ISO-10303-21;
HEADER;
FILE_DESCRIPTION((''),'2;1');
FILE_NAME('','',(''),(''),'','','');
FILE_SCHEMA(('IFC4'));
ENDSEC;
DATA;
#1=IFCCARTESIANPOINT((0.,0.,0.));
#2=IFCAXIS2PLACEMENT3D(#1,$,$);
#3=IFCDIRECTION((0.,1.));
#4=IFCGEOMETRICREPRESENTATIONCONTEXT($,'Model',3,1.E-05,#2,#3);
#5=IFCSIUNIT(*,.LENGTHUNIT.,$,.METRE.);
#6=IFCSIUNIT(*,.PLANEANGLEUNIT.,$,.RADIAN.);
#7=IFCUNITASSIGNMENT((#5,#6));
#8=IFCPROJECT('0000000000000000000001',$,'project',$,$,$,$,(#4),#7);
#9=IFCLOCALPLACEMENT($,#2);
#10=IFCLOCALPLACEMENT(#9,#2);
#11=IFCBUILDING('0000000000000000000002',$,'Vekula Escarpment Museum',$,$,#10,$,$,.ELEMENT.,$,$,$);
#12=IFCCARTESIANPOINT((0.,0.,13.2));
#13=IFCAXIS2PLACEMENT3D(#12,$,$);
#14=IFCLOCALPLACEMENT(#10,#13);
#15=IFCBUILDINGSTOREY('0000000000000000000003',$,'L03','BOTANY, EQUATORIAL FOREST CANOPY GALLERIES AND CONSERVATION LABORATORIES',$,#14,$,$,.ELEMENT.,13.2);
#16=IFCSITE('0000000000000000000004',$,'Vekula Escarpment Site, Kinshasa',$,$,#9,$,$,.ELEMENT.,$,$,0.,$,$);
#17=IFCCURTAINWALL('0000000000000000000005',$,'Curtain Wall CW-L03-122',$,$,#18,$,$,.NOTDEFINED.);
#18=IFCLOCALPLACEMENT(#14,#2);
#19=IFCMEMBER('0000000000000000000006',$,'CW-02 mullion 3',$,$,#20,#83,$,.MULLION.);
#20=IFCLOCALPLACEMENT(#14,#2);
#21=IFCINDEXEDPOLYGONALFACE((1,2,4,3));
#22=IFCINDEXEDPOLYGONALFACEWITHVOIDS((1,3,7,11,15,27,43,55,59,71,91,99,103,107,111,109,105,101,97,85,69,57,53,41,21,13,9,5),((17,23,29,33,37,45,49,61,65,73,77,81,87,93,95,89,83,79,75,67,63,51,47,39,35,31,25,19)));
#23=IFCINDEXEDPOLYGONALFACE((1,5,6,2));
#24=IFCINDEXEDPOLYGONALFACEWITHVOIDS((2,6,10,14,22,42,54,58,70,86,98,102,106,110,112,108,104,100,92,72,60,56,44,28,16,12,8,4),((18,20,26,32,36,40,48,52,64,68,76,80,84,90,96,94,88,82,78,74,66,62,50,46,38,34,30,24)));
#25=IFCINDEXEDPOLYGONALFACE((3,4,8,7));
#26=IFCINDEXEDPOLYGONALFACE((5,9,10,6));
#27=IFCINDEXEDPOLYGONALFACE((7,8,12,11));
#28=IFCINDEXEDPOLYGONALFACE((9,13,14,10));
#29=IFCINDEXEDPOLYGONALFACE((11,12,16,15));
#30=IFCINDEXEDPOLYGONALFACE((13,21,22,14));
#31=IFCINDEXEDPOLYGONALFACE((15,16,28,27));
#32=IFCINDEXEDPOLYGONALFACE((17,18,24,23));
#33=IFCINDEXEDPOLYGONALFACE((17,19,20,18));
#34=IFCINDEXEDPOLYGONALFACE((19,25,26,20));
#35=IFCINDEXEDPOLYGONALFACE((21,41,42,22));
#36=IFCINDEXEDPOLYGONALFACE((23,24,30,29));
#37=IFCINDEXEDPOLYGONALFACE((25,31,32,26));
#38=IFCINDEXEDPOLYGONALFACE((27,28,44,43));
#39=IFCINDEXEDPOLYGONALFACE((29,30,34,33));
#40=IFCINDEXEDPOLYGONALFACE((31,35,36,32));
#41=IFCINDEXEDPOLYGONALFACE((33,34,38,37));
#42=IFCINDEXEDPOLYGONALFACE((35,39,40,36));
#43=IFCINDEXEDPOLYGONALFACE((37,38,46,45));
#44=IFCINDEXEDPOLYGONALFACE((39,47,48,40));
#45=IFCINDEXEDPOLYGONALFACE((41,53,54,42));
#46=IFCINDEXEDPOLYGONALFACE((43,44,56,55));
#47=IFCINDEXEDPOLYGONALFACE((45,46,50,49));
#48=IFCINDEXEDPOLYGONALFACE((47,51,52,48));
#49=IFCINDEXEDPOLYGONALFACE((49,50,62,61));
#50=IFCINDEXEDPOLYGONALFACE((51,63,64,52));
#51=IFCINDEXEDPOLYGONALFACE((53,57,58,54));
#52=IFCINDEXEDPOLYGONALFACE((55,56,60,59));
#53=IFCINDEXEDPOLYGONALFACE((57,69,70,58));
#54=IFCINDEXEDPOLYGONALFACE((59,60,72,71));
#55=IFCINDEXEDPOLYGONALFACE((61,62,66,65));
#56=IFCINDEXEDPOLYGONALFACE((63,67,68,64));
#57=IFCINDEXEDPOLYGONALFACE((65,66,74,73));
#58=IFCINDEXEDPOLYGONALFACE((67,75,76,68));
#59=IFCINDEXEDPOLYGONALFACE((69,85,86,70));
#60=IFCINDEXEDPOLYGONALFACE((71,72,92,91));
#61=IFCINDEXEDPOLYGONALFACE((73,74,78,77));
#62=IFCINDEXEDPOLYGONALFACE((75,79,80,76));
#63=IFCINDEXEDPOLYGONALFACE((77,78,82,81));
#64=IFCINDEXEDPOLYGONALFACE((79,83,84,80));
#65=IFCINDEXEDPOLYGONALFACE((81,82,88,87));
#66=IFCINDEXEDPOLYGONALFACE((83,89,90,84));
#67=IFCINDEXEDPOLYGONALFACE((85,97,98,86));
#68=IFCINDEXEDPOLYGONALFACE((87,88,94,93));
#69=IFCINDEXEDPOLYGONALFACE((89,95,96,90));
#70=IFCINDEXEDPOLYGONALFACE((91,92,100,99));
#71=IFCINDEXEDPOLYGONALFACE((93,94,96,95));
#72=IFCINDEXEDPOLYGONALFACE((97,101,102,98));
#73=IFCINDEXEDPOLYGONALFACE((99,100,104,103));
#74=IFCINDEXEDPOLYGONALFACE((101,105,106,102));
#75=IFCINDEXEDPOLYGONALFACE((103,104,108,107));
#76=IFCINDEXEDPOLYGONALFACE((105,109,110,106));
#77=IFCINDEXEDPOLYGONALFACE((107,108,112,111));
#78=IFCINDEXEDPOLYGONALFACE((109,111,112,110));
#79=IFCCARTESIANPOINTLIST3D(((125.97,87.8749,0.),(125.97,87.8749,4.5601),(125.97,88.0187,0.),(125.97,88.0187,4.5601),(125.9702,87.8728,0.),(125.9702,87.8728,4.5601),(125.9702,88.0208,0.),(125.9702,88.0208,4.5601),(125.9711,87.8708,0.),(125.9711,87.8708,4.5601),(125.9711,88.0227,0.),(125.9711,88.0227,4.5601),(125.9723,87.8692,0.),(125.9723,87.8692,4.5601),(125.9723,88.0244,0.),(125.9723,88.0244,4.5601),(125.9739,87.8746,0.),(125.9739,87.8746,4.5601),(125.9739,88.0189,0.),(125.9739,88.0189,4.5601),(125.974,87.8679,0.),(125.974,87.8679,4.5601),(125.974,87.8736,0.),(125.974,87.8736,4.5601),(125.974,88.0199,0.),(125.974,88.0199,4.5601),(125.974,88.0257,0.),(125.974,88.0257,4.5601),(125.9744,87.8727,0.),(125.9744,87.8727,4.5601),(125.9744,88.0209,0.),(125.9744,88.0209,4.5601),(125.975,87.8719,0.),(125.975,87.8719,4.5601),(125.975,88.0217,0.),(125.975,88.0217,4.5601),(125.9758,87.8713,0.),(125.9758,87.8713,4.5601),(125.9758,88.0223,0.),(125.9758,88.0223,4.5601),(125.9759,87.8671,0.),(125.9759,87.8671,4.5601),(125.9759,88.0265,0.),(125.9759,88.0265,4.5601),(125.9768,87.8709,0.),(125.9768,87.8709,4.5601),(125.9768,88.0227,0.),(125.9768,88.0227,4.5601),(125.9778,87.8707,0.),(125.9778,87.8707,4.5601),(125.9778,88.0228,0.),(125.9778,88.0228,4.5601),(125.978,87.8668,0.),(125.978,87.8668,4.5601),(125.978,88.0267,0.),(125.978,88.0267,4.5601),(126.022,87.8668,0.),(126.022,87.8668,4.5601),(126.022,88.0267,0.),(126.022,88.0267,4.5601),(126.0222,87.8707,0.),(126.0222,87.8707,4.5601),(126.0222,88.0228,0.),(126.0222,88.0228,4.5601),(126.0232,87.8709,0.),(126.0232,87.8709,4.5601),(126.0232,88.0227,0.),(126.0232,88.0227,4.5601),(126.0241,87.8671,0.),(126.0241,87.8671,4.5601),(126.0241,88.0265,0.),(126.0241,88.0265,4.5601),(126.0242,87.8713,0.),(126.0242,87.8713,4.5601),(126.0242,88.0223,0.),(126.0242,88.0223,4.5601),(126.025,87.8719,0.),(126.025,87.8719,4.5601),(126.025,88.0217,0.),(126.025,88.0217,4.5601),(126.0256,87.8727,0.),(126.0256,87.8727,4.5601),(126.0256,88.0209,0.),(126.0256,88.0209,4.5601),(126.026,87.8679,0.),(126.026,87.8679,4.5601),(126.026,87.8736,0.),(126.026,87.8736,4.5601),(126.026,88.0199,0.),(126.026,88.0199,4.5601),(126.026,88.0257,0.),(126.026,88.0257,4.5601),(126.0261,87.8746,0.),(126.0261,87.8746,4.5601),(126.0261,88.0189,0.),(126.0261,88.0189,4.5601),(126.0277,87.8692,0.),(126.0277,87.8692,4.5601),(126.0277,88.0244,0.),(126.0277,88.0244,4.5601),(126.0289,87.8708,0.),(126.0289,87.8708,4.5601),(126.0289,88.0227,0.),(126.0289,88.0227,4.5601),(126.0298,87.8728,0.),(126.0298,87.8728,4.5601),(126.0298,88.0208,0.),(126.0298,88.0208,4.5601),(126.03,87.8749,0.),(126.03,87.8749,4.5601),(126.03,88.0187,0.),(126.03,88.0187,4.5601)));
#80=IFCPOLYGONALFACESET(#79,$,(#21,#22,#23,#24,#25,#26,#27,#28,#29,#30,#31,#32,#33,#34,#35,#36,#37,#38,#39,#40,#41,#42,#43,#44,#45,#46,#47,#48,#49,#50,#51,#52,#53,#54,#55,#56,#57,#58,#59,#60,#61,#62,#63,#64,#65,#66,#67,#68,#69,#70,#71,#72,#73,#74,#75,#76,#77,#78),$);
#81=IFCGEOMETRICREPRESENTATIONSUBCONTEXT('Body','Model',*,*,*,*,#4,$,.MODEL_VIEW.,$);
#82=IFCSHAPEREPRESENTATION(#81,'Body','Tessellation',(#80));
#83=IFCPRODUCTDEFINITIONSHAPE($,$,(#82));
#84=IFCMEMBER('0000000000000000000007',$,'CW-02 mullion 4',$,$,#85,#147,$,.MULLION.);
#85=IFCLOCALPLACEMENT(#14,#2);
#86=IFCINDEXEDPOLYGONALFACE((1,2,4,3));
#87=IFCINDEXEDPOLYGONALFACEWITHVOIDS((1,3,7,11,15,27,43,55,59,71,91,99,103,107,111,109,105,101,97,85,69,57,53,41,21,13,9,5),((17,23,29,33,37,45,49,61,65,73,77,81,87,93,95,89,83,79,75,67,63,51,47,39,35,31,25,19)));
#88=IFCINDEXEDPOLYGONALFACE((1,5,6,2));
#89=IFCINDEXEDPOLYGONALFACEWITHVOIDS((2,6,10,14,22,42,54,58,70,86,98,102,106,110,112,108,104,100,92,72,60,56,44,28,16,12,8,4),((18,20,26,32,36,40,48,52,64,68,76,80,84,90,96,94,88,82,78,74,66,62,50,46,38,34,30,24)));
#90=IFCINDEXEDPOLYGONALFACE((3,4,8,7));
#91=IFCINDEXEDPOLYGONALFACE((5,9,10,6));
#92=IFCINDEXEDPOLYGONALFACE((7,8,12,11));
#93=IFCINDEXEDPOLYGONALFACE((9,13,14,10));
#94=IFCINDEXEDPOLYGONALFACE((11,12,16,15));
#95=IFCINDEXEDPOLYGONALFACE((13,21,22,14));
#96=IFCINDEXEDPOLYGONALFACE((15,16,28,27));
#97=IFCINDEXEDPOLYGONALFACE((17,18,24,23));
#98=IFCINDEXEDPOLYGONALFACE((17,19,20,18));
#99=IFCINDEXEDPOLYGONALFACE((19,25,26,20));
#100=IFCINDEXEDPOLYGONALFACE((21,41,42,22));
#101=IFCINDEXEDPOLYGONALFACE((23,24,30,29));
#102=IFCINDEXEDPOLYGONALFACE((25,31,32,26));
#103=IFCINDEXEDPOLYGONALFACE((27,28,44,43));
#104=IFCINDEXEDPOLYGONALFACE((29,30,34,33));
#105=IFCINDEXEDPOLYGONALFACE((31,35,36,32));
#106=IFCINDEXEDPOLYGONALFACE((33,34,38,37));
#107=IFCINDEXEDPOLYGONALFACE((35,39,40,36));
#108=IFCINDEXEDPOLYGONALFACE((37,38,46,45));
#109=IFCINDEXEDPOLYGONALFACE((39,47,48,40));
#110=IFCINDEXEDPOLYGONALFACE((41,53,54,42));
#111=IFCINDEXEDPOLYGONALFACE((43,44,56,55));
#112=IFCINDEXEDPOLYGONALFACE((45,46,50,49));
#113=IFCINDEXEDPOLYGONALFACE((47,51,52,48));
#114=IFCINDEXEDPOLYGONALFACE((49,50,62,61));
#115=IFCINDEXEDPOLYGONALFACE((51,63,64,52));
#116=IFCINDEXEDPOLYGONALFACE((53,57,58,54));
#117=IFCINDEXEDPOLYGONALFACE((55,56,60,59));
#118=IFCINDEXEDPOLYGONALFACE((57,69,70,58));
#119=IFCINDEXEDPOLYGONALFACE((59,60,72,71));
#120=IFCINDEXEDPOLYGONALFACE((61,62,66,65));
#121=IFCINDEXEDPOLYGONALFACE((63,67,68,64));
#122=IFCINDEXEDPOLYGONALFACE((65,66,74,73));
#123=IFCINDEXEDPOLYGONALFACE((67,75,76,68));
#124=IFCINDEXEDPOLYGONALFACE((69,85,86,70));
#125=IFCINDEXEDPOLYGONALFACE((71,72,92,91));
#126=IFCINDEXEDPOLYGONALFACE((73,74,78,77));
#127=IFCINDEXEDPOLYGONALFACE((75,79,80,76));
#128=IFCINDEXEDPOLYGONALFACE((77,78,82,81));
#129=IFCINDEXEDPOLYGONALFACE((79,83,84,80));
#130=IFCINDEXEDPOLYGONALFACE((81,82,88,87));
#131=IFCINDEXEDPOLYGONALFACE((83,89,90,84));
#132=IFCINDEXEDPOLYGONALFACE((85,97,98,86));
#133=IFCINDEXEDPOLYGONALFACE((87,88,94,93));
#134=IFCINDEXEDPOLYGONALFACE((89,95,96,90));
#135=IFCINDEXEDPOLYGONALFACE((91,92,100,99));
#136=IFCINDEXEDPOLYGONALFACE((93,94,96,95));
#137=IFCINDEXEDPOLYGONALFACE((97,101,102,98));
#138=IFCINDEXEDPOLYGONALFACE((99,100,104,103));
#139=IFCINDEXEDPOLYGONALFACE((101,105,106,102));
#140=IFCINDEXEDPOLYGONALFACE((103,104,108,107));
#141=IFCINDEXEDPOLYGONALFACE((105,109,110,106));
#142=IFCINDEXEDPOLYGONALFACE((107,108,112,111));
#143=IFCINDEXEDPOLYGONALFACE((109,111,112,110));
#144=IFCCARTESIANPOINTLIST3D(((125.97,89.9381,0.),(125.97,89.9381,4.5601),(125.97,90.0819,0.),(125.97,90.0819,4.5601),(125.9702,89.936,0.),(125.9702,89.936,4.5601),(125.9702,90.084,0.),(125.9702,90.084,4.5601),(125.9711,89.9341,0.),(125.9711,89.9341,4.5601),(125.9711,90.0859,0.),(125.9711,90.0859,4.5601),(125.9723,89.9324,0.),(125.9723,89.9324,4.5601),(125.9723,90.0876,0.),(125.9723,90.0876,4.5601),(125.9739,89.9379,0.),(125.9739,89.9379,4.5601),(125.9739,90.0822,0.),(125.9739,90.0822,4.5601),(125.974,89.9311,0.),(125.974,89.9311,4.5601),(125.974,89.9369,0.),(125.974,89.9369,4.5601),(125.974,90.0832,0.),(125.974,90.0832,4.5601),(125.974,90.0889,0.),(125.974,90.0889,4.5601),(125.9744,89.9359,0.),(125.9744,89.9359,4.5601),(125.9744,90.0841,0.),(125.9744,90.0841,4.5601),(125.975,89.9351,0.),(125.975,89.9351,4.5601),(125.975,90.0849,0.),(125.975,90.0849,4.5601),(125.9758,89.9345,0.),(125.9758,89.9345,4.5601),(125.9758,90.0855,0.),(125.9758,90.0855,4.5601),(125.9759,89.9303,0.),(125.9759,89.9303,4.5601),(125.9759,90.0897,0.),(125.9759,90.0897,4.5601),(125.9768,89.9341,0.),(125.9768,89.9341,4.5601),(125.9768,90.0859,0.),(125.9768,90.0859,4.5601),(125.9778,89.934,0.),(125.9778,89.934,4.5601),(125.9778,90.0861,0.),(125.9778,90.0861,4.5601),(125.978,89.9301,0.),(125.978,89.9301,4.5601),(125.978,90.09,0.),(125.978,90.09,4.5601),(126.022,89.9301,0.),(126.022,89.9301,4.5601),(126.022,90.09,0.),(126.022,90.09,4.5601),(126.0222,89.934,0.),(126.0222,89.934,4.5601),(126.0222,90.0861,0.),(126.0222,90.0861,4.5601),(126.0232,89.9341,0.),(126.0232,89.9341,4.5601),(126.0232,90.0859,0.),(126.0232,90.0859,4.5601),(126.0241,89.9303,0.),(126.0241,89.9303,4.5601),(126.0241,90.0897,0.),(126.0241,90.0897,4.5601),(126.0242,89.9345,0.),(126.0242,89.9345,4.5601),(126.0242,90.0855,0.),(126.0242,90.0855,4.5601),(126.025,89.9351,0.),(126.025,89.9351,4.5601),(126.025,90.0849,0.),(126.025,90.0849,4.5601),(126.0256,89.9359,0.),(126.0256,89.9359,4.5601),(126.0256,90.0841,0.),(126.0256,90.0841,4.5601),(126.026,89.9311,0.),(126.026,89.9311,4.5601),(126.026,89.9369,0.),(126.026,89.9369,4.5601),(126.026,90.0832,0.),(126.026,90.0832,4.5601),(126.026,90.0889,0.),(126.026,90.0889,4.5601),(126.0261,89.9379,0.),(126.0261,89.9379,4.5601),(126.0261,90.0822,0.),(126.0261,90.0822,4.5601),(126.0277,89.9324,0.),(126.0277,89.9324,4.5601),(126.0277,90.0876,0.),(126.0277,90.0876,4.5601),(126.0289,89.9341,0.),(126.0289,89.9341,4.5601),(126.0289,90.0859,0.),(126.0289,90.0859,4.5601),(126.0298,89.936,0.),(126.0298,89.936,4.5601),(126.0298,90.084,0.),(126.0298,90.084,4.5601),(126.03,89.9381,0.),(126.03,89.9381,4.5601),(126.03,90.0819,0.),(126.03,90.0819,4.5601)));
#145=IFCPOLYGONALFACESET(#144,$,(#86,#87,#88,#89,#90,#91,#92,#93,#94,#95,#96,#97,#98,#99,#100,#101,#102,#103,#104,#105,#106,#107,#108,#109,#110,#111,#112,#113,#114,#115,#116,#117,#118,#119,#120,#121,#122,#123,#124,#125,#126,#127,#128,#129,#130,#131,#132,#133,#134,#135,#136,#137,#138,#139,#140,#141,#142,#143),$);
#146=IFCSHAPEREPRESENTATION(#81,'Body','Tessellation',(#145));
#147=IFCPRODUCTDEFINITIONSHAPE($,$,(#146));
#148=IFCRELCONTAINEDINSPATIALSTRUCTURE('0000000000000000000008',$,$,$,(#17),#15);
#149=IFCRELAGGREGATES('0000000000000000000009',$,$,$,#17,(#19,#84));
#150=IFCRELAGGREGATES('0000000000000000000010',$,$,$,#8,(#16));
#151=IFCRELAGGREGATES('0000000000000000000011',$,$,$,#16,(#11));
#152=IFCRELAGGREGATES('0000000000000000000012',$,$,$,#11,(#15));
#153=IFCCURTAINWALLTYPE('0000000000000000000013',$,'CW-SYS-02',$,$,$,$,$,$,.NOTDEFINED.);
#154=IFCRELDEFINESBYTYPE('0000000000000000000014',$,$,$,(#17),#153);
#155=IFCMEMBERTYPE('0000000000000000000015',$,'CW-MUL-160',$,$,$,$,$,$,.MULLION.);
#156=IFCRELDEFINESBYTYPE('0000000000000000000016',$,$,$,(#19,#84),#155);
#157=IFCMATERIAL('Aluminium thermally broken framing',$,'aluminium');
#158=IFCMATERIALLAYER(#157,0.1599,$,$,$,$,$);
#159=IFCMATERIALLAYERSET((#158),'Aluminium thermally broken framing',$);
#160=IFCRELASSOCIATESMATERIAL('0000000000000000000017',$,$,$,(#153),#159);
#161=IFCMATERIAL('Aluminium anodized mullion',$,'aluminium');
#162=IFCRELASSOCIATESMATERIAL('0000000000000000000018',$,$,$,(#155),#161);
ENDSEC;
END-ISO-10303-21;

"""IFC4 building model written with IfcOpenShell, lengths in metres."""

from ifc_helpers import new_model, si_unit, direction, frame, origin, origin_2d, place, context, subcontext, project, spatial, hollow_rectangle, extrude, material, layer, layer_set, material_profile, profile_set, type_object, element, aggregate, save


model = new_model("IFC4")

# Units and contexts
model_context = context("Model", 3, precision=1e-05, world=origin(), true_north=direction((0.0, 1.0)))
body_context = subcontext(model_context, "Body", "Model", "MODEL_VIEW")
ifc_project = project(units=[si_unit("LENGTHUNIT", "METRE"), si_unit("PLANEANGLEUNIT", "RADIAN")], contexts=[model_context])

# Site, building, storey
site_placement = place(None, origin())
site = spatial("IfcSite", under=ifc_project, at=site_placement, Name="Vekula Escarpment Site, Kinshasa", CompositionType="ELEMENT", RefElevation=0.0)
building_placement = place(site_placement, origin())
building = spatial("IfcBuilding", under=site, at=building_placement, Name="Vekula Escarpment Museum", CompositionType="ELEMENT")
storey_placement = place(building_placement, frame((0.0, 0.0, 13.2)))
storey = spatial("IfcBuildingStorey", under=building, at=storey_placement, Name="L03", Description="BOTANY, EQUATORIAL FOREST CANOPY GALLERIES AND CONSERVATION LABORATORIES", CompositionType="ELEMENT", Elevation=13.2)

# Curtain wall, members
ifc_material_1 = material(Name="Aluminium thermally broken framing", Category="aluminium")
ifc_layer_1 = layer(ifc_material_1, 0.1599)
ifc_layer_set_1 = layer_set([ifc_layer_1], Name="Aluminium thermally broken framing")
curtain_wall_type_1 = type_object("IfcCurtainWallType", Name="CW-SYS-02", PredefinedType="NOTDEFINED", material=ifc_layer_set_1)
curtain_wall_1_placement = place(storey_placement, origin())
curtain_wall_1 = element("IfcCurtainWall", 1, at=curtain_wall_1_placement, inside=storey, type_object=curtain_wall_type_1, Name="Curtain Wall CW-L03-122", PredefinedType="NOTDEFINED")
ifc_material_2 = material(Name="Aluminium anodized mullion", Category="aluminium")
ifc_material_profile_1 = material_profile(ifc_material_2, hollow_rectangle(XDim=0.0601, YDim=0.1599, WallThickness=0.0039, InnerFilletRadius=0.0039, OuterFilletRadius=0.0081, at=origin_2d()), Name="ALU 160x60x4")
ifc_profile_set_1 = profile_set([ifc_material_profile_1], Name="Aluminium anodized mullion")
member_type_1 = type_object("IfcMemberType", Name="CW-MUL-160", PredefinedType="MULLION", material=ifc_profile_set_1)
member_1_placement = place(storey_placement, frame((126.0, 87.9468, 0.0), z_axis=(0.0, 0.0, 1.0), x_axis=(-1.0, 0.0, 0.0)))
member_1 = element("IfcMember", 2, at=member_1_placement, type_object=member_type_1, Name="CW-02 mullion 3", PredefinedType="MULLION", context=body_context, shape_type="SweptSolid", body=[
    extrude(hollow_rectangle(XDim=0.0601, YDim=0.1599, WallThickness=0.0039, InnerFilletRadius=0.0039, OuterFilletRadius=0.0081, at=origin_2d()), origin(), (0.0, 0.0, 1.0), 4.5601),
])
member_2_placement = place(storey_placement, frame((126.0, 90.01, 0.0), z_axis=(0.0, 0.0, 1.0), x_axis=(-1.0, 0.0, 0.0)))
member_2 = element("IfcMember", 3, at=member_2_placement, type_object=member_type_1, Name="CW-02 mullion 4", PredefinedType="MULLION", context=body_context, shape_type="SweptSolid", body=[
    extrude(hollow_rectangle(XDim=0.0601, YDim=0.1599, WallThickness=0.0039, InnerFilletRadius=0.0039, OuterFilletRadius=0.0081, at=origin_2d()), origin(), (0.0, 0.0, 1.0), 4.5601),
])

aggregate(curtain_wall_1, [member_1, member_2])

save(model, "model.ifc")
